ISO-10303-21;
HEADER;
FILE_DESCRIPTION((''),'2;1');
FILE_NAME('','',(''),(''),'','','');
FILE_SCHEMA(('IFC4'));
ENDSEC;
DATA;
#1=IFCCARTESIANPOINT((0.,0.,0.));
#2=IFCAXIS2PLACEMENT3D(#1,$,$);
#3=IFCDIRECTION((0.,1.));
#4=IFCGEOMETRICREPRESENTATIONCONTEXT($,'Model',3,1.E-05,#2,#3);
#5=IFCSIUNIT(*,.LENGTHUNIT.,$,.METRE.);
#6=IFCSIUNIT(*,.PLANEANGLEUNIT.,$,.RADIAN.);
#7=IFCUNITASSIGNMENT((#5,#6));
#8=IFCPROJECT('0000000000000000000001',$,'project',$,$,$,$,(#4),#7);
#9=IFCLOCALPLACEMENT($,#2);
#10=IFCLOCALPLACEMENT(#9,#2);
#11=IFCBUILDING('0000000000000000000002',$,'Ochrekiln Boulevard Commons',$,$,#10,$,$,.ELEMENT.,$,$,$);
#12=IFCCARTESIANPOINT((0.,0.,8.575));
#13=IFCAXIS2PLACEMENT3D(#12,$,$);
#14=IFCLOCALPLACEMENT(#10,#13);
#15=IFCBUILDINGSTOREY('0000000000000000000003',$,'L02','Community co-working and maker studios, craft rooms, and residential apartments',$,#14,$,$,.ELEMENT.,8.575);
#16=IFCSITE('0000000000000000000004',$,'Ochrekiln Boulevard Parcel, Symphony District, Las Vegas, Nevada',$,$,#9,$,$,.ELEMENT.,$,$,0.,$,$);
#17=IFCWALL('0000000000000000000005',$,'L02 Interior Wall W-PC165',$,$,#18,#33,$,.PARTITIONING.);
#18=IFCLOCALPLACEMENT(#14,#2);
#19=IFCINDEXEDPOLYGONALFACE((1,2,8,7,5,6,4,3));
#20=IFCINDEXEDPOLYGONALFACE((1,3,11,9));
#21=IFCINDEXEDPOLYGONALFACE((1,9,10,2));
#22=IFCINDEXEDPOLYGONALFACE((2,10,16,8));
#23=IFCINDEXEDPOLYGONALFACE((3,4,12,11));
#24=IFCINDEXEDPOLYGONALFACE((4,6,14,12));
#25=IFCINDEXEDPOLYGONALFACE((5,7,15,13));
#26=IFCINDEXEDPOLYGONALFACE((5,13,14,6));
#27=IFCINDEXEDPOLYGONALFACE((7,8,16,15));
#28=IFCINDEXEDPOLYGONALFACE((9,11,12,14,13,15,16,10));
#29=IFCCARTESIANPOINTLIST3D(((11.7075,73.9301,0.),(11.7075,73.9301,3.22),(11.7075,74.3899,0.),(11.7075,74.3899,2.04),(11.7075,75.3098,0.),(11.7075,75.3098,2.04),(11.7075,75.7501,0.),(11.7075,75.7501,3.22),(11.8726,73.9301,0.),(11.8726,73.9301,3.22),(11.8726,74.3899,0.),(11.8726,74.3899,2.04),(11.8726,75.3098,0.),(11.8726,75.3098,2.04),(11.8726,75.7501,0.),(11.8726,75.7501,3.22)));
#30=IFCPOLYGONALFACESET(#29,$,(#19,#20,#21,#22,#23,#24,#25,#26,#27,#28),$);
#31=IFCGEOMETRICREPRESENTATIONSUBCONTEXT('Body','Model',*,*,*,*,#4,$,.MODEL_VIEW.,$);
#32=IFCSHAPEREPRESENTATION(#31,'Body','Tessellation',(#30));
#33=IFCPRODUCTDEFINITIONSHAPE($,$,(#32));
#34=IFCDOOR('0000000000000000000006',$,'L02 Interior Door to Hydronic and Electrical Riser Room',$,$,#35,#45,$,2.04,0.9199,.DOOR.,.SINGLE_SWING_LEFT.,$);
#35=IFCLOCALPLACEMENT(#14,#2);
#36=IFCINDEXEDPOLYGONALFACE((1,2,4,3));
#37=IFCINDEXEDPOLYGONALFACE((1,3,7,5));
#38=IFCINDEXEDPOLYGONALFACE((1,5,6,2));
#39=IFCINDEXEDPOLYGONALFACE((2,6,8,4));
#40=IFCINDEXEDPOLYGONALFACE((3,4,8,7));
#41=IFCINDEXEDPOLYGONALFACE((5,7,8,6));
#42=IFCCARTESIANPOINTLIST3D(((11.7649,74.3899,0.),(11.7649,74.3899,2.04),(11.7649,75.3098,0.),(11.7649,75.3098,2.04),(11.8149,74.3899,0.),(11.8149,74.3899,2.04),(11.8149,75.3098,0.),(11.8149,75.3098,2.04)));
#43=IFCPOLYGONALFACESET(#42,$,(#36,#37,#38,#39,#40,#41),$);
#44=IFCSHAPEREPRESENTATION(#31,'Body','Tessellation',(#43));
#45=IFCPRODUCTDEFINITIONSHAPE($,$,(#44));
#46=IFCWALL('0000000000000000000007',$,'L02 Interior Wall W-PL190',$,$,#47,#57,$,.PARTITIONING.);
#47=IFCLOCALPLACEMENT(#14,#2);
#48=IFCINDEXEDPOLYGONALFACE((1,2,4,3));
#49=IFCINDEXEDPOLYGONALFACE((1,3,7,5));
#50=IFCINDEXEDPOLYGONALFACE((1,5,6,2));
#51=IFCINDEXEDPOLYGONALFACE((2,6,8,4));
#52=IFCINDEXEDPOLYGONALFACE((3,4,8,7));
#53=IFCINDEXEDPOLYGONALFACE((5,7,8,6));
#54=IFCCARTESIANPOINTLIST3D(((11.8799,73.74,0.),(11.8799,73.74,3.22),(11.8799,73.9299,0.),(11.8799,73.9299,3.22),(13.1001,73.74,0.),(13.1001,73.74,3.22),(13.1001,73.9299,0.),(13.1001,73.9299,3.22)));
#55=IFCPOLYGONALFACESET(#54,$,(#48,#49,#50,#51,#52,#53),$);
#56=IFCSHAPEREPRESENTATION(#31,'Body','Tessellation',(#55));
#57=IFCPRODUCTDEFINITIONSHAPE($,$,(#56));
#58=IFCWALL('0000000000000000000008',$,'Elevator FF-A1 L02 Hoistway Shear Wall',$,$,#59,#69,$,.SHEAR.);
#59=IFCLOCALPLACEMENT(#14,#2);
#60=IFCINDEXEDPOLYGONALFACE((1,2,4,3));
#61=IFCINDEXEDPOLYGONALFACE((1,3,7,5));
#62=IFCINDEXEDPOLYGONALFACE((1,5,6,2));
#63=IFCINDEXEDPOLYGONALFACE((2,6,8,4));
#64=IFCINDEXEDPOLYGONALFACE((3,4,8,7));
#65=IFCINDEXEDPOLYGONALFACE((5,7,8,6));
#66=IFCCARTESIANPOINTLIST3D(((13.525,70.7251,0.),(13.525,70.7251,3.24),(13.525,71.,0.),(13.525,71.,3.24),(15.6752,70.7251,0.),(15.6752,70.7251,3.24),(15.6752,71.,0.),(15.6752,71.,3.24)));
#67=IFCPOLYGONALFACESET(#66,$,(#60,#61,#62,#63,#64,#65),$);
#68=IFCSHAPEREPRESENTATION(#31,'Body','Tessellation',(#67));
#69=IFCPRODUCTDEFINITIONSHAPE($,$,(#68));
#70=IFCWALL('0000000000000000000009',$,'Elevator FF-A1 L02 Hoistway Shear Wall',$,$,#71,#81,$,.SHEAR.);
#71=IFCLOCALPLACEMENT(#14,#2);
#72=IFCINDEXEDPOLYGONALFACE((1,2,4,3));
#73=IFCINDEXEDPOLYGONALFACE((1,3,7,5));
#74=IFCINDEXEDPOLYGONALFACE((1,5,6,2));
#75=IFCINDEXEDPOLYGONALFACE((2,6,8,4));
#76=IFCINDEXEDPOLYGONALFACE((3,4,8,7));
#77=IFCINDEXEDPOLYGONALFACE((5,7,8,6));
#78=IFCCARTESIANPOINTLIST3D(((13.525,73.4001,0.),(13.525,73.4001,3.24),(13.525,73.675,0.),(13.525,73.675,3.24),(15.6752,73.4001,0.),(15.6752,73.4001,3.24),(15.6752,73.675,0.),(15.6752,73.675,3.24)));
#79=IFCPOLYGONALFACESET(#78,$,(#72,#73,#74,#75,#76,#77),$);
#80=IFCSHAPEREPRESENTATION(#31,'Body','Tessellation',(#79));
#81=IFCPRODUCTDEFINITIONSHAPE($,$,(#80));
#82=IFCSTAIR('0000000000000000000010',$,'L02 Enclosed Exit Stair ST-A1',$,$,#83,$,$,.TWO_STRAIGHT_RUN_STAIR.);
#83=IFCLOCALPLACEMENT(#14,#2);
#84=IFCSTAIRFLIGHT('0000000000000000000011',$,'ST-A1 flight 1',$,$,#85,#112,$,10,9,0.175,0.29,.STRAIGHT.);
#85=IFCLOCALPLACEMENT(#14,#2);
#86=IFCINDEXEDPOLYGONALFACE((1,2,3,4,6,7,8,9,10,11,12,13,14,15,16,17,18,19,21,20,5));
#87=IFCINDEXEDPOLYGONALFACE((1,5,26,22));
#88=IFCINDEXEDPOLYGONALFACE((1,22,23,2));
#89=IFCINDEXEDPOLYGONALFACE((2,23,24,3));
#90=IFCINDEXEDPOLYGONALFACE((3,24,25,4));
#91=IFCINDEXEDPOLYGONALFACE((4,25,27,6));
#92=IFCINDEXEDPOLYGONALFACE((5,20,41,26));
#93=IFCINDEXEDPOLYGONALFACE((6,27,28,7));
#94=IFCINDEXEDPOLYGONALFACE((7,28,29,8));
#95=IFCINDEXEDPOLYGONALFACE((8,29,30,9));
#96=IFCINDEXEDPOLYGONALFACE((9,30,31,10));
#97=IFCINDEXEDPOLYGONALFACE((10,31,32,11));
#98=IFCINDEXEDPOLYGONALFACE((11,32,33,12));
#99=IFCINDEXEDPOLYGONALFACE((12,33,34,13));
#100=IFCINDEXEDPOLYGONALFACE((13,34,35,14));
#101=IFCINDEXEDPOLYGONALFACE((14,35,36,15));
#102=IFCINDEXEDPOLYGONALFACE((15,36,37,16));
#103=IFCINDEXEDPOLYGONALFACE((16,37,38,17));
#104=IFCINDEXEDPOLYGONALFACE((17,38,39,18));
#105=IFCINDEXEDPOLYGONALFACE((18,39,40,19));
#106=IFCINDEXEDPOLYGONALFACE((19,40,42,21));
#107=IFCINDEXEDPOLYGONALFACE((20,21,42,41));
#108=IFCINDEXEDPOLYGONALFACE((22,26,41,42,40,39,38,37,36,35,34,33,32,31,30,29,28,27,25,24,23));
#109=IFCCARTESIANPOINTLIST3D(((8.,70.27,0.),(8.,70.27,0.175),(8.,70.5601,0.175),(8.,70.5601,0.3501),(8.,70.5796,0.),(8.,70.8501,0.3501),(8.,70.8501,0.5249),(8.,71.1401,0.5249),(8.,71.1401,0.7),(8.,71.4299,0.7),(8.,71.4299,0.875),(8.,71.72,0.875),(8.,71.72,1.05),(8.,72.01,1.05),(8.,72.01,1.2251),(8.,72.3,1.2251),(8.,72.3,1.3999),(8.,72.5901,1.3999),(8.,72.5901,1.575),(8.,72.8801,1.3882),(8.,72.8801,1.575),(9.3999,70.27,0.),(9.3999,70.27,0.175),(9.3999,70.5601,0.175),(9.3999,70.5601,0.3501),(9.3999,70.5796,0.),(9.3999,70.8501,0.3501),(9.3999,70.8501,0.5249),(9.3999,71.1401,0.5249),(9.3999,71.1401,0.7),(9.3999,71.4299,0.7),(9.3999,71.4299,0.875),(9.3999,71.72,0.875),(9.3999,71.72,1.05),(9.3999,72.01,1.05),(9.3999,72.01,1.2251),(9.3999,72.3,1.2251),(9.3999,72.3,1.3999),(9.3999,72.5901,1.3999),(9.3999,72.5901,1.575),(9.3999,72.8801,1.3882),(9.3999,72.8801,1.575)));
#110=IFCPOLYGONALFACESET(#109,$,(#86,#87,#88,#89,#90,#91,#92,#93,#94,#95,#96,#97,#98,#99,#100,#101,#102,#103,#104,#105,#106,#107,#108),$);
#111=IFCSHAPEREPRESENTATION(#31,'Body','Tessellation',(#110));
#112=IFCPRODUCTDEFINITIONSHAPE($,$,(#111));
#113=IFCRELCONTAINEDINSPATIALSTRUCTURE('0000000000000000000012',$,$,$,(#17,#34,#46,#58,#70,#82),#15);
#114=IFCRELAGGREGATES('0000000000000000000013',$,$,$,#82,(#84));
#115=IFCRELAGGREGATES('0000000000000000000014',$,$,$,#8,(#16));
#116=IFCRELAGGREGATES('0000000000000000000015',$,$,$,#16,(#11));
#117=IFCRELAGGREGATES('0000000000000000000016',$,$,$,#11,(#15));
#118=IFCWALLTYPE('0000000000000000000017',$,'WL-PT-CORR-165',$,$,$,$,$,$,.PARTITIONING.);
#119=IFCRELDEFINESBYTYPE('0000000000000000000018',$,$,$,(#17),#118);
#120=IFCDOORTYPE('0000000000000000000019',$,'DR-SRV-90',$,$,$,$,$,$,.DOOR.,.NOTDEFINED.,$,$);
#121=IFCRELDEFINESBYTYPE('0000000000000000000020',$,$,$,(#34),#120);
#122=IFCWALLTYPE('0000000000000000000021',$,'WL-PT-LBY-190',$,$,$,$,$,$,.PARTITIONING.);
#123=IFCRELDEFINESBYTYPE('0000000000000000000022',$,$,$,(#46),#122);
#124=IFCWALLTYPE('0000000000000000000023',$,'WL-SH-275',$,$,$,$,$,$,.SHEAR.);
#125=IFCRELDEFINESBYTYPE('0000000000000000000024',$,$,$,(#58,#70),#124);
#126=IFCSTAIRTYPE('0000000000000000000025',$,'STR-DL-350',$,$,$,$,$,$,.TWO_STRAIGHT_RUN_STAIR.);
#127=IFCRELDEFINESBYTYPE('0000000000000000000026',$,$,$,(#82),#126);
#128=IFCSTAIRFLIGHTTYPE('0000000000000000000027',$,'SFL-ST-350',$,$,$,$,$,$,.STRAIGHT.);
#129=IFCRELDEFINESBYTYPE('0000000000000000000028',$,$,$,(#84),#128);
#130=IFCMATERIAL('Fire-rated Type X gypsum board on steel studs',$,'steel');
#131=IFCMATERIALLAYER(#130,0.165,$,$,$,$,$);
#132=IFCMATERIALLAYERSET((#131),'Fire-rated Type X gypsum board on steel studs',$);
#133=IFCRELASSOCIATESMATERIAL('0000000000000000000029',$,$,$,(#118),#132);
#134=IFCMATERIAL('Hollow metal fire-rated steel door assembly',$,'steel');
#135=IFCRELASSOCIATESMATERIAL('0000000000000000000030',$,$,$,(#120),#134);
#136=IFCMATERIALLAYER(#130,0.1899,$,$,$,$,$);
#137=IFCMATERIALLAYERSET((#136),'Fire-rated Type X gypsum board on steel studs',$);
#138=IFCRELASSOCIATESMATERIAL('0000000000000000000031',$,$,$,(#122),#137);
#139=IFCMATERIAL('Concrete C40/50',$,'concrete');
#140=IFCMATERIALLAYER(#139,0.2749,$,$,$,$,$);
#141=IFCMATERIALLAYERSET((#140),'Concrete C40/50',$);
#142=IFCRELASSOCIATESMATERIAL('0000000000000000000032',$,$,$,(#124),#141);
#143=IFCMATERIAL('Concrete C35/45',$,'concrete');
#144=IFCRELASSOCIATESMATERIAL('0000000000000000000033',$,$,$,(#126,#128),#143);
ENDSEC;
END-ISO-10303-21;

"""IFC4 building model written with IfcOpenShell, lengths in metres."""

from ifc_helpers import new_model, si_unit, direction, frame, frame_2d, origin, place, context, subcontext, project, spatial, polyline, rectangle, outline, extrude, material, layer, layer_set, type_object, element, fill, aggregate, save


model = new_model("IFC4")

# Units and contexts
model_context = context("Model", 3, precision=1e-05, world=origin(), true_north=direction((0.0, 1.0)))
body_context = subcontext(model_context, "Body", "Model", "MODEL_VIEW")
ifc_project = project(units=[si_unit("LENGTHUNIT", "METRE"), si_unit("PLANEANGLEUNIT", "RADIAN")], contexts=[model_context])

# Site, building, storey
site_placement = place(None, origin())
site = spatial("IfcSite", under=ifc_project, at=site_placement, Name="Ochrekiln Boulevard Parcel, Symphony District, Las Vegas, Nevada", CompositionType="ELEMENT", RefElevation=0.0)
building_placement = place(site_placement, origin())
building = spatial("IfcBuilding", under=site, at=building_placement, Name="Ochrekiln Boulevard Commons", CompositionType="ELEMENT")
storey_placement = place(building_placement, frame((0.0, 0.0, 8.575)))
storey = spatial("IfcBuildingStorey", under=building, at=storey_placement, Name="L02", Description="Community co-working and maker studios, craft rooms, and residential apartments", CompositionType="ELEMENT", Elevation=8.575)

# Wall, opening, door
ifc_material_1 = material(Name="Fire-rated Type X gypsum board on steel studs", Category="steel")
ifc_layer_1 = layer(ifc_material_1, 0.165)
ifc_layer_set_1 = layer_set([ifc_layer_1], Name="Fire-rated Type X gypsum board on steel studs")
wall_type_1 = type_object("IfcWallType", Name="WL-PT-CORR-165", PredefinedType="PARTITIONING", material=ifc_layer_set_1)
wall_1_placement = place(storey_placement, frame((11.79, 73.9299, 0.0), z_axis=(0.0, 0.0, 1.0), x_axis=(0.0, 1.0, 0.0)))
wall_1 = element("IfcWall", 1, at=wall_1_placement, inside=storey, type_object=wall_type_1, Name="L02 Interior Wall W-PC165", PredefinedType="PARTITIONING", context=body_context, shape_type="SweptSolid", body=[
    extrude(rectangle(XDim=1.8201, YDim=0.165, at=frame_2d((0.9102, 0.0))), origin(), (0.0, 0.0, 1.0), 3.22),
])
opening_1_placement = place(wall_1_placement, frame((0.46, 0.0, 0.0)))
opening_1 = element("IfcOpeningElement", 2, at=opening_1_placement, cuts=wall_1, PredefinedType="OPENING", context=body_context, shape_type="SweptSolid", body=[
    extrude(rectangle(XDim=0.9199, YDim=2.04, at=frame_2d((0.46, 1.02))), frame((0.0, 0.0925, 0.0), z_axis=(0.0, -1.0, 0.0), x_axis=(1.0, 0.0, 0.0)), (0.0, 0.0, 1.0), 0.1851),
])
ifc_material_2 = material(Name="Hollow metal fire-rated steel door assembly", Category="steel")
door_type_1 = type_object("IfcDoorType", Name="DR-SRV-90", OperationType="NOTDEFINED", PredefinedType="DOOR", material=ifc_material_2)
door_1_placement = place(opening_1_placement, frame((0.9199, 0.0, 0.0), z_axis=(0.0, 0.0, 1.0), x_axis=(-1.0, 0.0, 0.0)))
door_1 = element("IfcDoor", 3, at=door_1_placement, inside=storey, type_object=door_type_1, Name="L02 Interior Door to Hydronic and Electrical Riser Room", OperationType="SINGLE_SWING_LEFT", OverallHeight=2.04, OverallWidth=0.9199, PredefinedType="DOOR", context=body_context, shape_type="SweptSolid", body=[
    extrude(rectangle(XDim=0.9199, YDim=2.04, at=frame_2d((0.46, 1.02))), frame((0.0, 0.0249, 0.0), z_axis=(0.0, -1.0, 0.0), x_axis=(1.0, 0.0, 0.0)), (0.0, 0.0, 1.0), 0.05),
])
fill(opening_1, door_1)

# Wall
ifc_layer_2 = layer(ifc_material_1, 0.1899)
ifc_layer_set_2 = layer_set([ifc_layer_2], Name="Fire-rated Type X gypsum board on steel studs")
wall_type_2 = type_object("IfcWallType", Name="WL-PT-LBY-190", PredefinedType="PARTITIONING", material=ifc_layer_set_2)
wall_2_placement = place(storey_placement, frame((11.8799, 73.835, 0.0), z_axis=(0.0, 0.0, 1.0), x_axis=(1.0, 0.0, 0.0)))
element("IfcWall", 4, at=wall_2_placement, inside=storey, type_object=wall_type_2, Name="L02 Interior Wall W-PL190", PredefinedType="PARTITIONING", context=body_context, shape_type="SweptSolid", body=[
    extrude(rectangle(XDim=1.2202, YDim=0.1899, at=frame_2d((0.6101, 0.0))), origin(), (0.0, 0.0, 1.0), 3.22),
])

# Walls
ifc_material_3 = material(Name="Concrete C40/50", Category="concrete")
ifc_layer_3 = layer(ifc_material_3, 0.2749)
ifc_layer_set_3 = layer_set([ifc_layer_3], Name="Concrete C40/50")
wall_type_3 = type_object("IfcWallType", Name="WL-SH-275", PredefinedType="SHEAR", material=ifc_layer_set_3)
for number, where, z_axis, x_axis, name in (
    (5, (13.5249, 70.8625, 0.0), (0.0, 0.0, 1.0), (1.0, 0.0, 0.0), "Elevator FF-A1 L02 Hoistway Shear Wall"),
    (6, (13.5249, 73.5376, 0.0), (0.0, 0.0, 1.0), (1.0, 0.0, 0.0), "Elevator FF-A1 L02 Hoistway Shear Wall"),
):
    element("IfcWall", number, at=place(storey_placement, frame(where, z_axis=z_axis, x_axis=x_axis)), inside=storey, type_object=wall_type_3, Name=name, PredefinedType="SHEAR", context=body_context, shape_type="SweptSolid", body=[
        extrude(rectangle(XDim=2.1501, YDim=0.2749, at=frame_2d((1.0752, 0.0))), origin(), (0.0, 0.0, 1.0), 3.24),
    ])

# Stair, stair flight
ifc_material_4 = material(Name="Concrete C35/45", Category="concrete")
stair_type = type_object("IfcStairType", Name="STR-DL-350", PredefinedType="TWO_STRAIGHT_RUN_STAIR", material=ifc_material_4)
stair_placement = place(storey_placement, origin())
stair = element("IfcStair", 7, at=stair_placement, inside=storey, type_object=stair_type, Name="L02 Enclosed Exit Stair ST-A1", PredefinedType="TWO_STRAIGHT_RUN_STAIR")
stair_flight_type = type_object("IfcStairFlightType", Name="SFL-ST-350", PredefinedType="STRAIGHT", material=ifc_material_4)
stair_flight_placement = place(storey_placement, frame((8.7, 70.27, 0.0), z_axis=(0.0, 0.0, 1.0), x_axis=(0.0, 1.0, 0.0)))
stair_flight = element("IfcStairFlight", 8, at=stair_flight_placement, type_object=stair_flight_type, Name="ST-A1 flight 1", NumberOfRisers=10, NumberOfTreads=9, PredefinedType="STRAIGHT", RiserHeight=0.175, TreadLength=0.29, context=body_context, shape_type="SweptSolid", body=[
    extrude(outline(polyline([(0.0, 0.0), (0.0, 0.175), (0.29, 0.175), (0.29, 0.3501), (0.5801, 0.3501), (0.5801, 0.5249), (0.8701, 0.5249), (0.8701, 0.7), (1.1599, 0.7), (1.1599, 0.875), (1.45, 0.875), (1.45, 1.05), (1.74, 1.05), (1.74, 1.2251), (2.03, 1.2251), (2.03, 1.3999), (2.3201, 1.3999), (2.3201, 1.575), (2.6101, 1.575), (2.6101, 1.75), (2.6101, 1.3882), (0.3096, 0.0), (0.0, 0.0)])), frame((0.0, 0.7, 0.0), z_axis=(0.0, -1.0, 0.0), x_axis=(1.0, 0.0, 0.0)), (0.0, 0.0, 1.0), 1.3999),
])
aggregate(stair, [stair_flight])

save(model, "model.ifc")
